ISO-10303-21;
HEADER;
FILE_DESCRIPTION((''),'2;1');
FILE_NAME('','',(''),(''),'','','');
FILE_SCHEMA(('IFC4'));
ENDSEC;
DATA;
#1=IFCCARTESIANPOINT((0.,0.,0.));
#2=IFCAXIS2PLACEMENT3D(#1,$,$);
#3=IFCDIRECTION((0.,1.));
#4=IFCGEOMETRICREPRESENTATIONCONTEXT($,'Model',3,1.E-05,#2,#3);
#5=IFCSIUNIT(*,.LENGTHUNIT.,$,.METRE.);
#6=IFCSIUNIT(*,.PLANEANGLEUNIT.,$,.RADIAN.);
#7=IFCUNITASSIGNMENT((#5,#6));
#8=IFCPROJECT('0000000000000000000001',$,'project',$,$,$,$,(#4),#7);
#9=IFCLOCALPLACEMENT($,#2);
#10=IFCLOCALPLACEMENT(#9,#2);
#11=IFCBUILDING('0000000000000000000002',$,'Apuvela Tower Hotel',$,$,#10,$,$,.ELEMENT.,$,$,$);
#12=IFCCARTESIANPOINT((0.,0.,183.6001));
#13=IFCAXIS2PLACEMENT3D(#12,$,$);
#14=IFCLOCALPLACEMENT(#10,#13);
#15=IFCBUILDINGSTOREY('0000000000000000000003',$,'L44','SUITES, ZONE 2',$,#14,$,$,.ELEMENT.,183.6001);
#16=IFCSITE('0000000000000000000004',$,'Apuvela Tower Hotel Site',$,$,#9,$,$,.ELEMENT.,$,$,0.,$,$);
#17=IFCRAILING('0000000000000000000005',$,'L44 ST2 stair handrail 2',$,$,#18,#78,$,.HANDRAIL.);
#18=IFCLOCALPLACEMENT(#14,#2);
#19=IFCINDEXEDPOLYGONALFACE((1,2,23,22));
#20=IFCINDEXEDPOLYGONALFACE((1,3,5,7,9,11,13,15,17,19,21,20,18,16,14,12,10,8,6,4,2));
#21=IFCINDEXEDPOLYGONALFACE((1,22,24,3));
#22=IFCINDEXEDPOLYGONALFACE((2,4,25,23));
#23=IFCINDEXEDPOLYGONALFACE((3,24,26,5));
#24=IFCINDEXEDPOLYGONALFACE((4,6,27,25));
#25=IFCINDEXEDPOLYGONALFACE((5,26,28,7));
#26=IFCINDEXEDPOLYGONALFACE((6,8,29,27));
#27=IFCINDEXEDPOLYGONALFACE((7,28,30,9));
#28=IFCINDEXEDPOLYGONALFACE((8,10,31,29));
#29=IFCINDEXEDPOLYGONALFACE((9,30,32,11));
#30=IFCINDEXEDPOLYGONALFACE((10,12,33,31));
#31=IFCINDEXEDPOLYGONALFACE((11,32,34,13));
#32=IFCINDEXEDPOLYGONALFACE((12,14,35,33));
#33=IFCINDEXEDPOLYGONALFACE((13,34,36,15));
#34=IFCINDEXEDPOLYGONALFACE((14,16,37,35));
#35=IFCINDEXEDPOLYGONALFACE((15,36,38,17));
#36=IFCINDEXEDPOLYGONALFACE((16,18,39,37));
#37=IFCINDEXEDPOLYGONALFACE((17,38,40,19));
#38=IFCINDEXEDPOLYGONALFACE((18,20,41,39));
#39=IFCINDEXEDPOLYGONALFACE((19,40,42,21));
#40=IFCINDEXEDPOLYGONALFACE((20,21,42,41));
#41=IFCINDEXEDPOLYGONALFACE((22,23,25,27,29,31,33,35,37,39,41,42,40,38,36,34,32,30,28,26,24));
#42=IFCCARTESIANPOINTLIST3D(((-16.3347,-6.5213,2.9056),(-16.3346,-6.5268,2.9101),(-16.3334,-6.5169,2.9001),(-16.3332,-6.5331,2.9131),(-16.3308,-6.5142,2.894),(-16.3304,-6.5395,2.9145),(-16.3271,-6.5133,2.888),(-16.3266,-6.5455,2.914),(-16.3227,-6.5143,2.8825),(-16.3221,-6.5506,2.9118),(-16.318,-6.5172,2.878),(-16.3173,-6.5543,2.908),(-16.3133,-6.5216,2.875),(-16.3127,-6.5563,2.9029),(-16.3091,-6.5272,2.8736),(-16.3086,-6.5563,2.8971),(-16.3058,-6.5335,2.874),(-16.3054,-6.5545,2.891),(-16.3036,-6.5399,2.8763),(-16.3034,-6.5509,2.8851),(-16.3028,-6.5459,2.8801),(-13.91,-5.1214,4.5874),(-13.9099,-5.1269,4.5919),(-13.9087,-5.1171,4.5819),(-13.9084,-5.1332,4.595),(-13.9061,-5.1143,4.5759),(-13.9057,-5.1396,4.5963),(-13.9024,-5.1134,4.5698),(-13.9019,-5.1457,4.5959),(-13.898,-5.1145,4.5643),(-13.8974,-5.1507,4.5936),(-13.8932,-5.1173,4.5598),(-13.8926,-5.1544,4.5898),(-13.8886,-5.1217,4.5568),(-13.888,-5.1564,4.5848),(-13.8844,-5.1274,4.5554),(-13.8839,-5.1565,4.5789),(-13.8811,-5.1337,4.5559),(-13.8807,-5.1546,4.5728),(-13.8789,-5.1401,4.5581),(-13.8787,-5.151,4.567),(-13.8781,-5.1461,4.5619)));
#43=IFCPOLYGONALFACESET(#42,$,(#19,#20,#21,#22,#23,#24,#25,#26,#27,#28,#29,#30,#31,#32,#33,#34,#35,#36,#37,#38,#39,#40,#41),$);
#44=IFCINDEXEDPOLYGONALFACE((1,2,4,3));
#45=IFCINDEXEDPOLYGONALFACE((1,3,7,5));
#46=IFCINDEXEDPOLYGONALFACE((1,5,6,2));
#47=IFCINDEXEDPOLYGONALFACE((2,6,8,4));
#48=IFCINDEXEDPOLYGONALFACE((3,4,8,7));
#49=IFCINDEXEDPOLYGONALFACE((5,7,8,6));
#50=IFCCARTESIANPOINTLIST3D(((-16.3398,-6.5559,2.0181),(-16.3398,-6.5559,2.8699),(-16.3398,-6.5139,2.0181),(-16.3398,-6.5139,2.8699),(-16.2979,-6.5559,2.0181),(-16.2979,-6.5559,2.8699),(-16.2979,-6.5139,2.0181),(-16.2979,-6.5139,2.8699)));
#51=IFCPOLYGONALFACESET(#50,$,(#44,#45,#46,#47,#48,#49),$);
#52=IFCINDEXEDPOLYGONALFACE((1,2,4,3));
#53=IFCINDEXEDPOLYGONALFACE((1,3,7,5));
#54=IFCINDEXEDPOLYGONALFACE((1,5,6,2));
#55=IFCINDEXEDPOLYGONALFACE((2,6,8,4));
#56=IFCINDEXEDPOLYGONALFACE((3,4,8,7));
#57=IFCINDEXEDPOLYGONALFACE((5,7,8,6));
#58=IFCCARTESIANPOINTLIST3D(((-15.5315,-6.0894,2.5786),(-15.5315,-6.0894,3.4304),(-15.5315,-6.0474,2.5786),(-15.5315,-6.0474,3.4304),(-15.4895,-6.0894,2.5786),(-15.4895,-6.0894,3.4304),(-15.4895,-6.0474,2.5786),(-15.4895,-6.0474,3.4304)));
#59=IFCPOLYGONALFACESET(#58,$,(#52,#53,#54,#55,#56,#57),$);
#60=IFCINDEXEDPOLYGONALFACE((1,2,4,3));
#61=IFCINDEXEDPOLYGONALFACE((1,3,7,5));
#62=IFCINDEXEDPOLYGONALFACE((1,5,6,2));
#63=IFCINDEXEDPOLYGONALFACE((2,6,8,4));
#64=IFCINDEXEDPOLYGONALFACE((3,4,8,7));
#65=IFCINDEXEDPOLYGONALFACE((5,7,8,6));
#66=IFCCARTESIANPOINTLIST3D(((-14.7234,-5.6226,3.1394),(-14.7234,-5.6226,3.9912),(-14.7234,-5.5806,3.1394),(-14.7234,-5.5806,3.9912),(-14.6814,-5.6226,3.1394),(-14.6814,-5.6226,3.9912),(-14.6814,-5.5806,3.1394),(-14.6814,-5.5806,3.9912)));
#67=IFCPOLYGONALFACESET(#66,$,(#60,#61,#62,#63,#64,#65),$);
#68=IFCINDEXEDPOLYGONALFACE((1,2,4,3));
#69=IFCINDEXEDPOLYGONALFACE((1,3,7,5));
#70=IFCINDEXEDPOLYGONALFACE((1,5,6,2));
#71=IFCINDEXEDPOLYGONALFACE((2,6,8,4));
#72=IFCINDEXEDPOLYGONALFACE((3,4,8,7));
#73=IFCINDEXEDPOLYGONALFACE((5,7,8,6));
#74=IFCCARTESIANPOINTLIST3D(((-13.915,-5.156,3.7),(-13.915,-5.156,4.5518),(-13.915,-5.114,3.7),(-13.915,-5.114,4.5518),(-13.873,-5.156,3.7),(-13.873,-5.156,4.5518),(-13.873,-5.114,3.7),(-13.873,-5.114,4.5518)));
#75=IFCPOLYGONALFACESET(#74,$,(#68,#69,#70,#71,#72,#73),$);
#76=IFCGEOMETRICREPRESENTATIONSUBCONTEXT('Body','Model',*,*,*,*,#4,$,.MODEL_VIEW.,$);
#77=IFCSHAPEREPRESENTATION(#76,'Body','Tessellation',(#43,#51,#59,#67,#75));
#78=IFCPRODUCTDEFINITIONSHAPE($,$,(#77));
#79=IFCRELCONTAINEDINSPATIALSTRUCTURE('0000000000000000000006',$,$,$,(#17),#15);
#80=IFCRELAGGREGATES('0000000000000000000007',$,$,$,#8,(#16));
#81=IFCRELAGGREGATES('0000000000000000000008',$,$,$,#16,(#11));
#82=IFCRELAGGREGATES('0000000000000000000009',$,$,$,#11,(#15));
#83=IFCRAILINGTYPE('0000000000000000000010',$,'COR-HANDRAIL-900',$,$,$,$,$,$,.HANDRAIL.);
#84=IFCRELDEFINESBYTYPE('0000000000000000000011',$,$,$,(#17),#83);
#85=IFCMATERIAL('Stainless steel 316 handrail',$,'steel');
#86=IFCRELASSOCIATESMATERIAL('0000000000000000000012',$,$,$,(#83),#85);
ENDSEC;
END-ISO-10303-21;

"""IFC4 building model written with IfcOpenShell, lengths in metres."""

from ifc_helpers import new_model, si_unit, direction, frame, origin, origin_2d, place, context, subcontext, project, spatial, rectangle, circle, extrude, material, type_object, element, save


model = new_model("IFC4")

# Units and contexts
model_context = context("Model", 3, precision=1e-05, world=origin(), true_north=direction((0.0, 1.0)))
body_context = subcontext(model_context, "Body", "Model", "MODEL_VIEW")
ifc_project = project(units=[si_unit("LENGTHUNIT", "METRE"), si_unit("PLANEANGLEUNIT", "RADIAN")], contexts=[model_context])

# Site, building, storey
site_placement = place(None, origin())
site = spatial("IfcSite", under=ifc_project, at=site_placement, Name="Apuvela Tower Hotel Site", CompositionType="ELEMENT", RefElevation=0.0)
building_placement = place(site_placement, origin())
building = spatial("IfcBuilding", under=site, at=building_placement, Name="Apuvela Tower Hotel", CompositionType="ELEMENT")
storey_placement = place(building_placement, frame((0.0, 0.0, 183.6001)))
storey = spatial("IfcBuildingStorey", under=building, at=storey_placement, Name="L44", Description="SUITES, ZONE 2", CompositionType="ELEMENT", Elevation=183.6001)

# Railing
ifc_material_1 = material(Name="Stainless steel 316 handrail", Category="steel")
railing_type_1 = type_object("IfcRailingType", Name="COR-HANDRAIL-900", PredefinedType="HANDRAIL", material=ifc_material_1)
railing_1_placement = place(storey_placement, frame((-16.3188, -6.5349, 2.0181)))
element("IfcRailing", 1, at=railing_1_placement, inside=storey, type_object=railing_type_1, Name="L44 ST2 stair handrail 2", PredefinedType="HANDRAIL", context=body_context, shape_type="SweptSolid", body=[
    extrude(circle(Radius=0.0239, at=origin_2d()), frame((0.0, 0.0, 0.876), z_axis=(0.74239, 0.428601, 0.514934), x_axis=(-0.499984, 0.866035, 0.0)), (0.0, 0.0, 1.0), 3.2661),
    extrude(rectangle(XDim=0.042, YDim=0.042, at=origin_2d()), origin(), (0.0, 0.0, 1.0), 0.8518),
    extrude(rectangle(XDim=0.042, YDim=0.042, at=origin_2d()), frame((0.8083, 0.4666, 0.5605)), (0.0, 0.0, 1.0), 0.8518),
    extrude(rectangle(XDim=0.042, YDim=0.042, at=origin_2d()), frame((1.6165, 0.9333, 1.1213)), (0.0, 0.0, 1.0), 0.8518),
    extrude(rectangle(XDim=0.042, YDim=0.042, at=origin_2d()), frame((2.4248, 1.3999, 1.6819)), (0.0, 0.0, 1.0), 0.8518),
])

save(model, "model.ifc")
